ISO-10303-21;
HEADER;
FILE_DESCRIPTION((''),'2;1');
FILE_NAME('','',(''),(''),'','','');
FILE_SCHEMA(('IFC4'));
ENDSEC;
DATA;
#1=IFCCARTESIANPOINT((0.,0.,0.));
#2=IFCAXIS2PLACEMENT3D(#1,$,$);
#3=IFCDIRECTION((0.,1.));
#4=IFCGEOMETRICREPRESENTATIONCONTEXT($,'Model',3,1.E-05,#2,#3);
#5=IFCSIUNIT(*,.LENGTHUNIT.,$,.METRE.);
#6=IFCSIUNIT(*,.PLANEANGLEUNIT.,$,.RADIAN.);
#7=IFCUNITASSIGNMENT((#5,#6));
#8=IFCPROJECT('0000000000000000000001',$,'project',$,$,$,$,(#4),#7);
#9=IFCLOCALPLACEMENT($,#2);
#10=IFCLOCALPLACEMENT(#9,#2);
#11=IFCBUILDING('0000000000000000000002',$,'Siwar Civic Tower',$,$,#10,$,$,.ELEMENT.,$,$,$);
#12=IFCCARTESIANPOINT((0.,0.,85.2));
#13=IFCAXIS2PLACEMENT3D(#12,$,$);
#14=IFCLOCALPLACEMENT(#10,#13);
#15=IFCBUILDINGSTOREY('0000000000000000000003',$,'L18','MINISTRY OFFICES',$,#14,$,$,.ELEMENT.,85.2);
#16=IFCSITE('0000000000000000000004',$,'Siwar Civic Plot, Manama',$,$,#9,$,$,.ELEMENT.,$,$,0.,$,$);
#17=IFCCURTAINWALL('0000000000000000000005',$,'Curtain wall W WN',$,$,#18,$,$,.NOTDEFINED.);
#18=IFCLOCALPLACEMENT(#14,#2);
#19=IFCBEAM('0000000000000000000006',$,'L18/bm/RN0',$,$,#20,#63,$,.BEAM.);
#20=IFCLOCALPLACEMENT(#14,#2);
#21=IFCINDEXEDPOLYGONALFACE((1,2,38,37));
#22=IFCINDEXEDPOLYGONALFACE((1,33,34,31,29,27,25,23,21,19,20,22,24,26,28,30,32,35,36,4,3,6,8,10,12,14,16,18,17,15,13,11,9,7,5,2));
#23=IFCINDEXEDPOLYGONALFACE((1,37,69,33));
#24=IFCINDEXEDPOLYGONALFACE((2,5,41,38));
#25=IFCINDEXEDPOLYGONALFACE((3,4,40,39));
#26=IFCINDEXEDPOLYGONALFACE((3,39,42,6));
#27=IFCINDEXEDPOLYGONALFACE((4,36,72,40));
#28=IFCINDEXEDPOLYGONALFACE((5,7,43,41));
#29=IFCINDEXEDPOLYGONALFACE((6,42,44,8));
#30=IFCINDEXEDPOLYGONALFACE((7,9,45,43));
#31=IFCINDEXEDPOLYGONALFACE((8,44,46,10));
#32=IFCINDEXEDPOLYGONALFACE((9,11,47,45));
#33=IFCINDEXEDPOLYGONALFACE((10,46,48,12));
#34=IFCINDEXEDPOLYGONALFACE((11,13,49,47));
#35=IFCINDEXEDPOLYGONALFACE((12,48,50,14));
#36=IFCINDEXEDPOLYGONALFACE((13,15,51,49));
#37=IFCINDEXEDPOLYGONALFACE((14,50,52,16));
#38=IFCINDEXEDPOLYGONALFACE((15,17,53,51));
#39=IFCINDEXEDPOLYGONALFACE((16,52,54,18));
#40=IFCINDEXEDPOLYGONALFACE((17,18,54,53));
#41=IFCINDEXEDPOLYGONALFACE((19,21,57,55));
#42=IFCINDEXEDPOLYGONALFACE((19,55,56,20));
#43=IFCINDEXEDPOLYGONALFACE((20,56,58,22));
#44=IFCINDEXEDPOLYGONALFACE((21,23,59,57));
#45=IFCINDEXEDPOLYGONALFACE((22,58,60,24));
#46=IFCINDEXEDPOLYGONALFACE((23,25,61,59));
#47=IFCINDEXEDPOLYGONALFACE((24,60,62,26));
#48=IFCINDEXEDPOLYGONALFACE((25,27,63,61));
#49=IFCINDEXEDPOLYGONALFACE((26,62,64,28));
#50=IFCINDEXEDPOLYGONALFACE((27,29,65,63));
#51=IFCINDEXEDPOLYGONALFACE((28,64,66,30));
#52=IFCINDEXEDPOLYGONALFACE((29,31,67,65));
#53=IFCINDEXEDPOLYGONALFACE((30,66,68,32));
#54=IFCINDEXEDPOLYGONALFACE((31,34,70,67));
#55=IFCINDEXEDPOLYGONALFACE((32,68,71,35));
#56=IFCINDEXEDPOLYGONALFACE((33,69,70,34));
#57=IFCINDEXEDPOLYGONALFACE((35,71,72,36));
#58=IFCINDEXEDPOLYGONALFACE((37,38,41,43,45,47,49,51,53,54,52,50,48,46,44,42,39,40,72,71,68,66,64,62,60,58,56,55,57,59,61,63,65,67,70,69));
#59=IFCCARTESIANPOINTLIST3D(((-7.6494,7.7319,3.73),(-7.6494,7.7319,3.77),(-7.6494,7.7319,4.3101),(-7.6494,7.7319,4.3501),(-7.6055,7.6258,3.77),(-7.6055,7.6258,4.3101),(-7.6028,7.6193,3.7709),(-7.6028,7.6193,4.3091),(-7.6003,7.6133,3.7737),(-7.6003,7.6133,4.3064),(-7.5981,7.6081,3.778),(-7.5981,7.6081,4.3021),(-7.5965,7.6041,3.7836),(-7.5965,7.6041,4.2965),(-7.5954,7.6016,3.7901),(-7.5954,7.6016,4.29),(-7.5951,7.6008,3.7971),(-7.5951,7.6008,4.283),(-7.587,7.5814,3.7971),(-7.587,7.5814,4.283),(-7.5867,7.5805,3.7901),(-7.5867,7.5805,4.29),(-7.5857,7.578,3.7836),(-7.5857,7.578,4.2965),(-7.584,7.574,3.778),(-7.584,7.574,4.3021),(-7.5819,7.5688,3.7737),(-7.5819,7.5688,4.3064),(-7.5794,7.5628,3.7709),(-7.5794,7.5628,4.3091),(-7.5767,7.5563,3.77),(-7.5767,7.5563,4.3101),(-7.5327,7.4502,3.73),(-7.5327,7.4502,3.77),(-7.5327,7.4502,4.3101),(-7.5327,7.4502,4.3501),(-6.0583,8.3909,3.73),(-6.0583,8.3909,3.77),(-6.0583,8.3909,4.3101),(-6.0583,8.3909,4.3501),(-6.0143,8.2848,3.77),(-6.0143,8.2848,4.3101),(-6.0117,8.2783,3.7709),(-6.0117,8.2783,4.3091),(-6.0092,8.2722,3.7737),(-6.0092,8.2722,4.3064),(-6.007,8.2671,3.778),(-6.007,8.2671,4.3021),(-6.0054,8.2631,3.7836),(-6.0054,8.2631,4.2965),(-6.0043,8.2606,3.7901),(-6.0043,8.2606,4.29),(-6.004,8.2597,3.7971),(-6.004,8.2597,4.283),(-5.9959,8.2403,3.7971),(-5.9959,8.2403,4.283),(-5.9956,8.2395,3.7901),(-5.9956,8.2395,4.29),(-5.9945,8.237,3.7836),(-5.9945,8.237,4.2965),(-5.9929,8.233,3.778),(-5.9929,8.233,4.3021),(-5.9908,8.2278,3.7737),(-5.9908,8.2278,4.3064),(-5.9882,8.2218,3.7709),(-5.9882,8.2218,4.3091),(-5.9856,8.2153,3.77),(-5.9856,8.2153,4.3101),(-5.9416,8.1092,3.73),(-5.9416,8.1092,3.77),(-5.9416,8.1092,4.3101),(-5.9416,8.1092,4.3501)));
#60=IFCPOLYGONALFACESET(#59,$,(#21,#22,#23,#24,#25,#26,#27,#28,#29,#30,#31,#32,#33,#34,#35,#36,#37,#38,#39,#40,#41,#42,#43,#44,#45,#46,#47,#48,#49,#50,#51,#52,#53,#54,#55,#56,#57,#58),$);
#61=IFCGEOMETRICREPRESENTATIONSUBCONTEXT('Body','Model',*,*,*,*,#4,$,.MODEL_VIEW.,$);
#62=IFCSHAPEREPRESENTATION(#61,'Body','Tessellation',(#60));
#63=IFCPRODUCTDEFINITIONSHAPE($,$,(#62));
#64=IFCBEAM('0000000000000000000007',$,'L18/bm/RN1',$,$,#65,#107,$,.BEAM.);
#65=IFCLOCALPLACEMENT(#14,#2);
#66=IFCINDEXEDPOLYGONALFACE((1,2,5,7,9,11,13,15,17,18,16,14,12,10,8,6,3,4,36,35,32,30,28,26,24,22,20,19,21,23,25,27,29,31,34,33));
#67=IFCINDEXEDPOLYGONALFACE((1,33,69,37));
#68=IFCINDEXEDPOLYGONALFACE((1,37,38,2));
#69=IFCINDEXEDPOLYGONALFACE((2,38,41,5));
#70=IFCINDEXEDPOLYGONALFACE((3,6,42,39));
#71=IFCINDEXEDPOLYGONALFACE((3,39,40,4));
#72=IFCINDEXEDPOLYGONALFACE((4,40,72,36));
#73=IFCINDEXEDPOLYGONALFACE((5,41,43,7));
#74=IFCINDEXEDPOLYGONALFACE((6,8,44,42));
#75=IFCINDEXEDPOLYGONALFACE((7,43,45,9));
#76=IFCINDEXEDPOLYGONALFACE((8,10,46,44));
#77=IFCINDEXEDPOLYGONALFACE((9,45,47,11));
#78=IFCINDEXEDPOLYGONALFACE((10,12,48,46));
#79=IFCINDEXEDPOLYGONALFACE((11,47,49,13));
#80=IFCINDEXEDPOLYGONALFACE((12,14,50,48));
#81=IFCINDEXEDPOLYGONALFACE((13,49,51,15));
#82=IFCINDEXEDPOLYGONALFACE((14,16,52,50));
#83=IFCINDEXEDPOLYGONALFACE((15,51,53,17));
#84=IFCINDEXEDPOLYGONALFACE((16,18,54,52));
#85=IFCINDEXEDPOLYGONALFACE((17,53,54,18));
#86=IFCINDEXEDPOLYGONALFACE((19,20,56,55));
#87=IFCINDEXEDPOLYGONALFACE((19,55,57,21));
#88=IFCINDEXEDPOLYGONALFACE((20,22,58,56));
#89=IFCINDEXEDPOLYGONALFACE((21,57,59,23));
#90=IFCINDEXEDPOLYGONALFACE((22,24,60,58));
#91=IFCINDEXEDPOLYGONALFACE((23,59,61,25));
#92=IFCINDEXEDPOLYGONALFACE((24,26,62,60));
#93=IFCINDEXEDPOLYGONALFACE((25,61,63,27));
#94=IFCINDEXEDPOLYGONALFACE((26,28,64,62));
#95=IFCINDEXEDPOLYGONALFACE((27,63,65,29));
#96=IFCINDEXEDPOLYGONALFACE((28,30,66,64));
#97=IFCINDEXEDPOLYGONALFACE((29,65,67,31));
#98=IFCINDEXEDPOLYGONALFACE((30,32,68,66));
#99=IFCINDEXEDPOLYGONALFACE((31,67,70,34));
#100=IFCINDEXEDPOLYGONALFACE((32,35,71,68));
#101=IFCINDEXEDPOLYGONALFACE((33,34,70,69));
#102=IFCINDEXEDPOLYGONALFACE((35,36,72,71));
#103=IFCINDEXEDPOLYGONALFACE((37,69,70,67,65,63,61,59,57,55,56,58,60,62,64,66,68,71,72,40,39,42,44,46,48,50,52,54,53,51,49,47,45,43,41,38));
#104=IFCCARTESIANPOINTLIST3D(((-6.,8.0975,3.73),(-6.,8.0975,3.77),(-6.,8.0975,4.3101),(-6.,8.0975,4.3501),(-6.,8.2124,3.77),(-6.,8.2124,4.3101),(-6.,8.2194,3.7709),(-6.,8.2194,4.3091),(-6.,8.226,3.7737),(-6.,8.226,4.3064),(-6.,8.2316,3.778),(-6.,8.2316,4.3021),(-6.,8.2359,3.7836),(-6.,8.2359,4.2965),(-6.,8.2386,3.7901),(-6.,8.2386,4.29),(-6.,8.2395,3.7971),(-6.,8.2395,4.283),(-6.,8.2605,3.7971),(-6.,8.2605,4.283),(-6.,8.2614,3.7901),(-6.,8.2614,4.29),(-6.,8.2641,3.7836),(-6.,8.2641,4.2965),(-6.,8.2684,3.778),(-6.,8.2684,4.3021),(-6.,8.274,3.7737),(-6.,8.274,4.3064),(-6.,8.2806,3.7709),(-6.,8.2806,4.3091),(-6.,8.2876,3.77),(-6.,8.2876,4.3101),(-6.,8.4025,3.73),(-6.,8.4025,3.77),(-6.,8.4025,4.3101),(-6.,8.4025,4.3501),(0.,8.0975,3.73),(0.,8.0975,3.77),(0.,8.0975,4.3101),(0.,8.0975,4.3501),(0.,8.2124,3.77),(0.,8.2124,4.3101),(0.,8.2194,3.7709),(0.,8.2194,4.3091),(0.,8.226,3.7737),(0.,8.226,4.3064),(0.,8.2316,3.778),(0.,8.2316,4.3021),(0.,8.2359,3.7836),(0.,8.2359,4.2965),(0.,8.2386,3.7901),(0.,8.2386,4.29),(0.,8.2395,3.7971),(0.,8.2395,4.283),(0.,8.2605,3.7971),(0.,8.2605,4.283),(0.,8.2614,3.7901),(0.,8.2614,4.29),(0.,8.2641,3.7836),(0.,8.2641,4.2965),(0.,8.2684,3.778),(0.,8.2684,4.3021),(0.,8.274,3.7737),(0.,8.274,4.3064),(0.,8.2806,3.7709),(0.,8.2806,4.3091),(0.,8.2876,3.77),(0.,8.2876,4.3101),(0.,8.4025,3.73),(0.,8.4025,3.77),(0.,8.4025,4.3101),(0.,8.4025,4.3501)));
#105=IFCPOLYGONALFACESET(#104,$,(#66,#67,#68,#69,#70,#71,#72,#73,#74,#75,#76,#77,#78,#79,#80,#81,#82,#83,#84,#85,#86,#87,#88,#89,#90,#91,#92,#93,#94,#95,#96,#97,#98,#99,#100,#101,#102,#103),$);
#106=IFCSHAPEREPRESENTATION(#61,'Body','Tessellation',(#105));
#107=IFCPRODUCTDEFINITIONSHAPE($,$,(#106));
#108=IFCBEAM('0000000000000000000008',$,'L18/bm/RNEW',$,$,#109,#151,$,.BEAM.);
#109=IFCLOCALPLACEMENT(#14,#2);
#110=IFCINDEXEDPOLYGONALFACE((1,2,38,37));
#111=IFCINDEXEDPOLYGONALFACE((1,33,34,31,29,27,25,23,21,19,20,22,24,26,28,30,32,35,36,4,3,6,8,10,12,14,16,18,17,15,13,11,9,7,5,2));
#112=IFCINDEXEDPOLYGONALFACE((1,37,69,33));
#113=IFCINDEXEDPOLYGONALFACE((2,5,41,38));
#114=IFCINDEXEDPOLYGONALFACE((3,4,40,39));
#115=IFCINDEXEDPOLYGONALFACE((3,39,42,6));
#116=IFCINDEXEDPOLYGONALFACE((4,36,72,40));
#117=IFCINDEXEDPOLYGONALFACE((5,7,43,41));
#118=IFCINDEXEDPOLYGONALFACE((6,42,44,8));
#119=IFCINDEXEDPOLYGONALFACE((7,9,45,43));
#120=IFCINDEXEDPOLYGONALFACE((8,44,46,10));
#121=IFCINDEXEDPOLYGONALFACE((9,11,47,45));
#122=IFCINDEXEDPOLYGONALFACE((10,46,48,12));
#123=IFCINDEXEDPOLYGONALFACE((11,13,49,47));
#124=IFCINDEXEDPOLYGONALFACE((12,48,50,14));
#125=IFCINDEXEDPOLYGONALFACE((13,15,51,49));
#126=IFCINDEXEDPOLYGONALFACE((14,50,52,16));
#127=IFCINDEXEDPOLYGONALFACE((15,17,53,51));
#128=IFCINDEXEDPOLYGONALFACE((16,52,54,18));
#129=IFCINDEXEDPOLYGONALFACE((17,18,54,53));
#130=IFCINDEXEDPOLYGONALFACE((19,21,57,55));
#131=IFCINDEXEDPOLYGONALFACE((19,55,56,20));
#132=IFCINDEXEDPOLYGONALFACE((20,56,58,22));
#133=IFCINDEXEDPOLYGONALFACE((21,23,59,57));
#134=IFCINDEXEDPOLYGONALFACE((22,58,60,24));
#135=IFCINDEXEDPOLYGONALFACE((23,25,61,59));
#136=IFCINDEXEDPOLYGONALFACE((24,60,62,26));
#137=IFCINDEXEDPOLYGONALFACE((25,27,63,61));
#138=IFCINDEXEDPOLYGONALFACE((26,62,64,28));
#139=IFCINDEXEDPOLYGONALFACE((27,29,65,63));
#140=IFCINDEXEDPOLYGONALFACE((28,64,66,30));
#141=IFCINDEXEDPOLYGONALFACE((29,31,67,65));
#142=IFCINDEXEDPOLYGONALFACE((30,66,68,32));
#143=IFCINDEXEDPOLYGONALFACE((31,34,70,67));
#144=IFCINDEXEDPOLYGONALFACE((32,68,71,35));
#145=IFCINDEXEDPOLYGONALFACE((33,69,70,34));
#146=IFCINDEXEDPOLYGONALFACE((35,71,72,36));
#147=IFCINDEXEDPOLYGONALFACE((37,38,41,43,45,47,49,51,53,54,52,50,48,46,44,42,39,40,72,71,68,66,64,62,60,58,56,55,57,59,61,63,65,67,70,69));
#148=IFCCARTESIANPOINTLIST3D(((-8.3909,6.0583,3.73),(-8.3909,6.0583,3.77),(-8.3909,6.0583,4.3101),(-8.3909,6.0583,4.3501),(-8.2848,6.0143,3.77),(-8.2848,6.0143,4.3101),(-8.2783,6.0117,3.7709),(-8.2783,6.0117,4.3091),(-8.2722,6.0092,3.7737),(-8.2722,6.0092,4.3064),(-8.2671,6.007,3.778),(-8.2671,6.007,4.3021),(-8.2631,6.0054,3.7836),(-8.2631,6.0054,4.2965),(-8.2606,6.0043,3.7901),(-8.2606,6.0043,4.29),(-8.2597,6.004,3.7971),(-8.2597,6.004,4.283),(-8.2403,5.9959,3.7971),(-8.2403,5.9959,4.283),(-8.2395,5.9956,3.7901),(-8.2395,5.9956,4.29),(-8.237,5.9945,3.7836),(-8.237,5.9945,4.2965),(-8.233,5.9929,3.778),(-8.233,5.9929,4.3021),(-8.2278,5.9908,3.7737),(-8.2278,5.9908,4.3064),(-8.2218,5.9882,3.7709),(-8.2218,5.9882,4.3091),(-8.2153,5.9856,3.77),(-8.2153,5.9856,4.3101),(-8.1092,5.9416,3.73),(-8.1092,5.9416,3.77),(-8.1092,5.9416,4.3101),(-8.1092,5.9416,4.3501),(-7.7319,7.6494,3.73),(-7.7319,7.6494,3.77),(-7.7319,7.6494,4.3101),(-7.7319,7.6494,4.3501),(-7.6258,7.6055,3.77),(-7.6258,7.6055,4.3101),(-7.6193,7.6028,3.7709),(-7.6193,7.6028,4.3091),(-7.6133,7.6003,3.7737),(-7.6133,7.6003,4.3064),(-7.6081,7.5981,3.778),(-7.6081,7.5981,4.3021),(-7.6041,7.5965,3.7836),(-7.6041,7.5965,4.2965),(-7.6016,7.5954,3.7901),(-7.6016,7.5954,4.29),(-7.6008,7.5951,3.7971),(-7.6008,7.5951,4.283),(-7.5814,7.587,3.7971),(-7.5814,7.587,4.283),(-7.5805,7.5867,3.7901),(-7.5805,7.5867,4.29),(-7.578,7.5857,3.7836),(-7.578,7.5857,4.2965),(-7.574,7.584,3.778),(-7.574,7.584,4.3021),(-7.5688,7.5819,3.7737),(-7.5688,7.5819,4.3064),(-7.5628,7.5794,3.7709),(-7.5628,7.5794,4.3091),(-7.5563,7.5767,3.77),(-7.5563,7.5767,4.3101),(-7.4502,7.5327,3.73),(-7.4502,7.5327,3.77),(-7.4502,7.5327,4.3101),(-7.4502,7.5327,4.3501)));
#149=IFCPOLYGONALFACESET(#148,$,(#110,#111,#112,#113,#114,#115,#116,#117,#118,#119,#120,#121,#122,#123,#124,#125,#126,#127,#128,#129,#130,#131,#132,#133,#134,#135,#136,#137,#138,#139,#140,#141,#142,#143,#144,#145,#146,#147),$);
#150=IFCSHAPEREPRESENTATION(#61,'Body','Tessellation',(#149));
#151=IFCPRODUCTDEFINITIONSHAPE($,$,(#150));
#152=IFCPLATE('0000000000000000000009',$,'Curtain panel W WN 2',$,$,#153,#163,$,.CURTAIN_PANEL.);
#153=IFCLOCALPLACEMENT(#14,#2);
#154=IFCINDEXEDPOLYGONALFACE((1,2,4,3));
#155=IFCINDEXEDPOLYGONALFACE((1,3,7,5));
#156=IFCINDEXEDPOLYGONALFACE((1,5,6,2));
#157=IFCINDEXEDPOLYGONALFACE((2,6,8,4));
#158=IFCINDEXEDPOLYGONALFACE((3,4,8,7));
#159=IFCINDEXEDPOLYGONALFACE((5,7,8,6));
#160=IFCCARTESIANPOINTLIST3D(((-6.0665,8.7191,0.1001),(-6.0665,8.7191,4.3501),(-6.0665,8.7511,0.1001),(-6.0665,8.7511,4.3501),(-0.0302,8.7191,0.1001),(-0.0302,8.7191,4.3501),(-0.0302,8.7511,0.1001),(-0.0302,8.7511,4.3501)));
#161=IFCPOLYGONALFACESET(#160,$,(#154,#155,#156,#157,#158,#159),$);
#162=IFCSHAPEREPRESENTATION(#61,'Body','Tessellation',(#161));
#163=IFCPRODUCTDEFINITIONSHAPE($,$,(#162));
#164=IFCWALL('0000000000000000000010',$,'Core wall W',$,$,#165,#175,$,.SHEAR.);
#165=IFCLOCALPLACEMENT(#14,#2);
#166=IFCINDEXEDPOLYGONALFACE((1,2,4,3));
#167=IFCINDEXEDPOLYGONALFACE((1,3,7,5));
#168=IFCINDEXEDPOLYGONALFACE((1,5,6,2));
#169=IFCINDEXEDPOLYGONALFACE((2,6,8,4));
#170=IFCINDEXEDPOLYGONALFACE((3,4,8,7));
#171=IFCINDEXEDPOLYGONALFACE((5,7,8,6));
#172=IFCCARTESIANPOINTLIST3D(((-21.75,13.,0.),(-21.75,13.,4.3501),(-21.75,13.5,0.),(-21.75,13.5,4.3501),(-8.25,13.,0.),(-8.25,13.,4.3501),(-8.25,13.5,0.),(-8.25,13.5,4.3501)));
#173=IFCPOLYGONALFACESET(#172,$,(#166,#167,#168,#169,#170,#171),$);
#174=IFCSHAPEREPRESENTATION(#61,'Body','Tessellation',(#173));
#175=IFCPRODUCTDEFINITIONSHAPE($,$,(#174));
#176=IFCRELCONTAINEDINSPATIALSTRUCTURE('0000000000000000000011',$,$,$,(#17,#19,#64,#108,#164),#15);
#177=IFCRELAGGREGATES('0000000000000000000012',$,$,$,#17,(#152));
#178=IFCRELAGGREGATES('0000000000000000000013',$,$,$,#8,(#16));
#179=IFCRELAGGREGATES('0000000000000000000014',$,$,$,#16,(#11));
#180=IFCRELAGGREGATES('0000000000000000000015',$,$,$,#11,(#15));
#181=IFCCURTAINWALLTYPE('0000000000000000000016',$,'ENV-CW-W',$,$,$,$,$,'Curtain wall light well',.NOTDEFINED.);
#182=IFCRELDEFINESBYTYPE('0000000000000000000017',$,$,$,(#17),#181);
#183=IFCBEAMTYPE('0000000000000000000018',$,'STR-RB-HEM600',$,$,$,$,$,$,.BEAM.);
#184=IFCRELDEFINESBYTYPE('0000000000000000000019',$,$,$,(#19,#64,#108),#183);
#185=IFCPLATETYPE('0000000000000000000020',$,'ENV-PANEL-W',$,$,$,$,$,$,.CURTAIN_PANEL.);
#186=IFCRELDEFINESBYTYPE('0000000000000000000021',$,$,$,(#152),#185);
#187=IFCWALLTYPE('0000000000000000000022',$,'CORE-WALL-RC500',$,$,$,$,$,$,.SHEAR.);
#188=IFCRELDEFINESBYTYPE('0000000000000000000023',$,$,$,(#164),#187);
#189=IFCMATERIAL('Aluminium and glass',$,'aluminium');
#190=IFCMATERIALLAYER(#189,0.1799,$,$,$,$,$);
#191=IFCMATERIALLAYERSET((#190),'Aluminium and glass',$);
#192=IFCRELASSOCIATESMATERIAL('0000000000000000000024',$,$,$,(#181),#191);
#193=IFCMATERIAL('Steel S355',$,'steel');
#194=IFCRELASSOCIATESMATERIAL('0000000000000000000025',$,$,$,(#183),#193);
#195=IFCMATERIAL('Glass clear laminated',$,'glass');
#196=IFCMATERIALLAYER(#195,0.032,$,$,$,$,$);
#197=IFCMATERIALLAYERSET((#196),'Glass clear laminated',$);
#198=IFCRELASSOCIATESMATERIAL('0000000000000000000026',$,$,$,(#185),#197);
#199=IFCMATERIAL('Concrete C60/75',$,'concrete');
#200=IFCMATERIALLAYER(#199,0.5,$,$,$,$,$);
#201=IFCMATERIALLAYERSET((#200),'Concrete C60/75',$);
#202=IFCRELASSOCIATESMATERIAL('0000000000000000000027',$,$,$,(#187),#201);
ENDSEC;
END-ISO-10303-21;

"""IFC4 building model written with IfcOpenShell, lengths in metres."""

from ifc_helpers import new_model, si_unit, direction, frame, frame_2d, origin, origin_2d, place, context, subcontext, project, spatial, rectangle, i_section, extrude, material, layer, layer_set, material_profile, profile_set, type_object, element, aggregate, save


model = new_model("IFC4")

# Units and contexts
model_context = context("Model", 3, precision=1e-05, world=origin(), true_north=direction((0.0, 1.0)))
body_context = subcontext(model_context, "Body", "Model", "MODEL_VIEW")
ifc_project = project(units=[si_unit("LENGTHUNIT", "METRE"), si_unit("PLANEANGLEUNIT", "RADIAN")], contexts=[model_context])

# Site, building, storey
site_placement = place(None, origin())
site = spatial("IfcSite", under=ifc_project, at=site_placement, Name="Siwar Civic Plot, Manama", CompositionType="ELEMENT", RefElevation=0.0)
building_placement = place(site_placement, origin())
building = spatial("IfcBuilding", under=site, at=building_placement, Name="Siwar Civic Tower", CompositionType="ELEMENT")
storey_placement = place(building_placement, frame((0.0, 0.0, 85.2)))
storey = spatial("IfcBuildingStorey", under=building, at=storey_placement, Name="L18", Description="MINISTRY OFFICES", CompositionType="ELEMENT", Elevation=85.2)

# Curtain wall
ifc_material_1 = material(Name="Aluminium and glass", Category="aluminium")
ifc_layer_1 = layer(ifc_material_1, 0.1799)
ifc_layer_set_1 = layer_set([ifc_layer_1], Name="Aluminium and glass")
curtain_wall_type = type_object("IfcCurtainWallType", Name="ENV-CW-W", ElementType="Curtain wall light well", PredefinedType="NOTDEFINED", material=ifc_layer_set_1)
curtain_wall_placement = place(storey_placement, origin())
curtain_wall = element("IfcCurtainWall", 1, at=curtain_wall_placement, inside=storey, type_object=curtain_wall_type, Name="Curtain wall W WN", PredefinedType="NOTDEFINED")

# Beams
ifc_material_2 = material(Name="Steel S355", Category="steel")
ifc_material_profile_1 = material_profile(ifc_material_2, i_section(OverallWidth=0.3049, OverallDepth=0.6201, WebThickness=0.021, FlangeThickness=0.04, FilletRadius=0.0271, at=origin_2d()), Name="HEM600")
ifc_profile_set_1 = profile_set([ifc_material_profile_1], Name="Steel S355")
beam_type_1 = type_object("IfcBeamType", Name="STR-RB-HEM600", PredefinedType="BEAM", material=ifc_profile_set_1)
beam_1_placement = place(storey_placement, frame((-7.5911, 7.5911, 4.04), z_axis=(0.923901, 0.382631, 0.0), x_axis=(-0.382631, 0.923901, 0.0)))
element("IfcBeam", 2, at=beam_1_placement, inside=storey, type_object=beam_type_1, Name="L18/bm/RN0", PredefinedType="BEAM", context=body_context, shape_type="SweptSolid", body=[
    extrude(i_section(OverallWidth=0.3049, OverallDepth=0.6201, WebThickness=0.021, FlangeThickness=0.04, FilletRadius=0.0271, at=origin_2d()), origin(), (0.0, 0.0, 1.0), 1.7222),
])
beam_2_placement = place(storey_placement, frame((-6.0, 8.25, 4.04), z_axis=(1.0, 0.0, 0.0), x_axis=(0.0, 1.0, 0.0)))
element("IfcBeam", 3, at=beam_2_placement, inside=storey, type_object=beam_type_1, Name="L18/bm/RN1", PredefinedType="BEAM", context=body_context, shape_type="SweptSolid", body=[
    extrude(i_section(OverallWidth=0.3049, OverallDepth=0.6201, WebThickness=0.021, FlangeThickness=0.04, FilletRadius=0.0271, at=origin_2d()), origin(), (0.0, 0.0, 1.0), 6.0),
])
beam_3_placement = place(storey_placement, frame((-7.5911, 7.5911, 4.04), z_axis=(-0.382631, -0.923901, 0.0), x_axis=(0.923901, -0.382631, 0.0)))
element("IfcBeam", 4, at=beam_3_placement, inside=storey, type_object=beam_type_1, Name="L18/bm/RNEW", PredefinedType="BEAM", context=body_context, shape_type="SweptSolid", body=[
    extrude(i_section(OverallWidth=0.3049, OverallDepth=0.6201, WebThickness=0.021, FlangeThickness=0.04, FilletRadius=0.0271, at=origin_2d()), origin(), (0.0, 0.0, 1.0), 1.7222),
])

# Plate
ifc_material_3 = material(Name="Glass clear laminated", Category="glass")
ifc_layer_2 = layer(ifc_material_3, 0.032)
ifc_layer_set_2 = layer_set([ifc_layer_2], Name="Glass clear laminated")
plate_type = type_object("IfcPlateType", Name="ENV-PANEL-W", PredefinedType="CURTAIN_PANEL", material=ifc_layer_set_2)
plate_placement = place(storey_placement, frame((-3.0483, 8.7351, 0.1001), z_axis=(0.0, 0.0, 1.0), x_axis=(-1.0, 0.0, 0.0)))
plate = element("IfcPlate", 5, at=plate_placement, type_object=plate_type, Name="Curtain panel W WN 2", PredefinedType="CURTAIN_PANEL", context=body_context, shape_type="SweptSolid", body=[
    extrude(rectangle(XDim=6.0364, YDim=0.032, at=origin_2d()), origin(), (0.0, 0.0, 1.0), 4.25),
])
aggregate(curtain_wall, [plate])

# Wall
ifc_material_4 = material(Name="Concrete C60/75", Category="concrete")
ifc_layer_3 = layer(ifc_material_4, 0.5)
ifc_layer_set_3 = layer_set([ifc_layer_3], Name="Concrete C60/75")
wall_type_1 = type_object("IfcWallType", Name="CORE-WALL-RC500", PredefinedType="SHEAR", material=ifc_layer_set_3)
wall_1_placement = place(storey_placement, frame((-8.25, 13.25, 0.0), z_axis=(0.0, 0.0, 1.0), x_axis=(-1.0, 0.0, 0.0)))
element("IfcWall", 6, at=wall_1_placement, inside=storey, type_object=wall_type_1, Name="Core wall W", PredefinedType="SHEAR", context=body_context, shape_type="SweptSolid", body=[
    extrude(rectangle(XDim=13.5, YDim=0.5, at=frame_2d((6.75, 0.0))), origin(), (0.0, 0.0, 1.0), 4.3501),
])

save(model, "model.ifc")
